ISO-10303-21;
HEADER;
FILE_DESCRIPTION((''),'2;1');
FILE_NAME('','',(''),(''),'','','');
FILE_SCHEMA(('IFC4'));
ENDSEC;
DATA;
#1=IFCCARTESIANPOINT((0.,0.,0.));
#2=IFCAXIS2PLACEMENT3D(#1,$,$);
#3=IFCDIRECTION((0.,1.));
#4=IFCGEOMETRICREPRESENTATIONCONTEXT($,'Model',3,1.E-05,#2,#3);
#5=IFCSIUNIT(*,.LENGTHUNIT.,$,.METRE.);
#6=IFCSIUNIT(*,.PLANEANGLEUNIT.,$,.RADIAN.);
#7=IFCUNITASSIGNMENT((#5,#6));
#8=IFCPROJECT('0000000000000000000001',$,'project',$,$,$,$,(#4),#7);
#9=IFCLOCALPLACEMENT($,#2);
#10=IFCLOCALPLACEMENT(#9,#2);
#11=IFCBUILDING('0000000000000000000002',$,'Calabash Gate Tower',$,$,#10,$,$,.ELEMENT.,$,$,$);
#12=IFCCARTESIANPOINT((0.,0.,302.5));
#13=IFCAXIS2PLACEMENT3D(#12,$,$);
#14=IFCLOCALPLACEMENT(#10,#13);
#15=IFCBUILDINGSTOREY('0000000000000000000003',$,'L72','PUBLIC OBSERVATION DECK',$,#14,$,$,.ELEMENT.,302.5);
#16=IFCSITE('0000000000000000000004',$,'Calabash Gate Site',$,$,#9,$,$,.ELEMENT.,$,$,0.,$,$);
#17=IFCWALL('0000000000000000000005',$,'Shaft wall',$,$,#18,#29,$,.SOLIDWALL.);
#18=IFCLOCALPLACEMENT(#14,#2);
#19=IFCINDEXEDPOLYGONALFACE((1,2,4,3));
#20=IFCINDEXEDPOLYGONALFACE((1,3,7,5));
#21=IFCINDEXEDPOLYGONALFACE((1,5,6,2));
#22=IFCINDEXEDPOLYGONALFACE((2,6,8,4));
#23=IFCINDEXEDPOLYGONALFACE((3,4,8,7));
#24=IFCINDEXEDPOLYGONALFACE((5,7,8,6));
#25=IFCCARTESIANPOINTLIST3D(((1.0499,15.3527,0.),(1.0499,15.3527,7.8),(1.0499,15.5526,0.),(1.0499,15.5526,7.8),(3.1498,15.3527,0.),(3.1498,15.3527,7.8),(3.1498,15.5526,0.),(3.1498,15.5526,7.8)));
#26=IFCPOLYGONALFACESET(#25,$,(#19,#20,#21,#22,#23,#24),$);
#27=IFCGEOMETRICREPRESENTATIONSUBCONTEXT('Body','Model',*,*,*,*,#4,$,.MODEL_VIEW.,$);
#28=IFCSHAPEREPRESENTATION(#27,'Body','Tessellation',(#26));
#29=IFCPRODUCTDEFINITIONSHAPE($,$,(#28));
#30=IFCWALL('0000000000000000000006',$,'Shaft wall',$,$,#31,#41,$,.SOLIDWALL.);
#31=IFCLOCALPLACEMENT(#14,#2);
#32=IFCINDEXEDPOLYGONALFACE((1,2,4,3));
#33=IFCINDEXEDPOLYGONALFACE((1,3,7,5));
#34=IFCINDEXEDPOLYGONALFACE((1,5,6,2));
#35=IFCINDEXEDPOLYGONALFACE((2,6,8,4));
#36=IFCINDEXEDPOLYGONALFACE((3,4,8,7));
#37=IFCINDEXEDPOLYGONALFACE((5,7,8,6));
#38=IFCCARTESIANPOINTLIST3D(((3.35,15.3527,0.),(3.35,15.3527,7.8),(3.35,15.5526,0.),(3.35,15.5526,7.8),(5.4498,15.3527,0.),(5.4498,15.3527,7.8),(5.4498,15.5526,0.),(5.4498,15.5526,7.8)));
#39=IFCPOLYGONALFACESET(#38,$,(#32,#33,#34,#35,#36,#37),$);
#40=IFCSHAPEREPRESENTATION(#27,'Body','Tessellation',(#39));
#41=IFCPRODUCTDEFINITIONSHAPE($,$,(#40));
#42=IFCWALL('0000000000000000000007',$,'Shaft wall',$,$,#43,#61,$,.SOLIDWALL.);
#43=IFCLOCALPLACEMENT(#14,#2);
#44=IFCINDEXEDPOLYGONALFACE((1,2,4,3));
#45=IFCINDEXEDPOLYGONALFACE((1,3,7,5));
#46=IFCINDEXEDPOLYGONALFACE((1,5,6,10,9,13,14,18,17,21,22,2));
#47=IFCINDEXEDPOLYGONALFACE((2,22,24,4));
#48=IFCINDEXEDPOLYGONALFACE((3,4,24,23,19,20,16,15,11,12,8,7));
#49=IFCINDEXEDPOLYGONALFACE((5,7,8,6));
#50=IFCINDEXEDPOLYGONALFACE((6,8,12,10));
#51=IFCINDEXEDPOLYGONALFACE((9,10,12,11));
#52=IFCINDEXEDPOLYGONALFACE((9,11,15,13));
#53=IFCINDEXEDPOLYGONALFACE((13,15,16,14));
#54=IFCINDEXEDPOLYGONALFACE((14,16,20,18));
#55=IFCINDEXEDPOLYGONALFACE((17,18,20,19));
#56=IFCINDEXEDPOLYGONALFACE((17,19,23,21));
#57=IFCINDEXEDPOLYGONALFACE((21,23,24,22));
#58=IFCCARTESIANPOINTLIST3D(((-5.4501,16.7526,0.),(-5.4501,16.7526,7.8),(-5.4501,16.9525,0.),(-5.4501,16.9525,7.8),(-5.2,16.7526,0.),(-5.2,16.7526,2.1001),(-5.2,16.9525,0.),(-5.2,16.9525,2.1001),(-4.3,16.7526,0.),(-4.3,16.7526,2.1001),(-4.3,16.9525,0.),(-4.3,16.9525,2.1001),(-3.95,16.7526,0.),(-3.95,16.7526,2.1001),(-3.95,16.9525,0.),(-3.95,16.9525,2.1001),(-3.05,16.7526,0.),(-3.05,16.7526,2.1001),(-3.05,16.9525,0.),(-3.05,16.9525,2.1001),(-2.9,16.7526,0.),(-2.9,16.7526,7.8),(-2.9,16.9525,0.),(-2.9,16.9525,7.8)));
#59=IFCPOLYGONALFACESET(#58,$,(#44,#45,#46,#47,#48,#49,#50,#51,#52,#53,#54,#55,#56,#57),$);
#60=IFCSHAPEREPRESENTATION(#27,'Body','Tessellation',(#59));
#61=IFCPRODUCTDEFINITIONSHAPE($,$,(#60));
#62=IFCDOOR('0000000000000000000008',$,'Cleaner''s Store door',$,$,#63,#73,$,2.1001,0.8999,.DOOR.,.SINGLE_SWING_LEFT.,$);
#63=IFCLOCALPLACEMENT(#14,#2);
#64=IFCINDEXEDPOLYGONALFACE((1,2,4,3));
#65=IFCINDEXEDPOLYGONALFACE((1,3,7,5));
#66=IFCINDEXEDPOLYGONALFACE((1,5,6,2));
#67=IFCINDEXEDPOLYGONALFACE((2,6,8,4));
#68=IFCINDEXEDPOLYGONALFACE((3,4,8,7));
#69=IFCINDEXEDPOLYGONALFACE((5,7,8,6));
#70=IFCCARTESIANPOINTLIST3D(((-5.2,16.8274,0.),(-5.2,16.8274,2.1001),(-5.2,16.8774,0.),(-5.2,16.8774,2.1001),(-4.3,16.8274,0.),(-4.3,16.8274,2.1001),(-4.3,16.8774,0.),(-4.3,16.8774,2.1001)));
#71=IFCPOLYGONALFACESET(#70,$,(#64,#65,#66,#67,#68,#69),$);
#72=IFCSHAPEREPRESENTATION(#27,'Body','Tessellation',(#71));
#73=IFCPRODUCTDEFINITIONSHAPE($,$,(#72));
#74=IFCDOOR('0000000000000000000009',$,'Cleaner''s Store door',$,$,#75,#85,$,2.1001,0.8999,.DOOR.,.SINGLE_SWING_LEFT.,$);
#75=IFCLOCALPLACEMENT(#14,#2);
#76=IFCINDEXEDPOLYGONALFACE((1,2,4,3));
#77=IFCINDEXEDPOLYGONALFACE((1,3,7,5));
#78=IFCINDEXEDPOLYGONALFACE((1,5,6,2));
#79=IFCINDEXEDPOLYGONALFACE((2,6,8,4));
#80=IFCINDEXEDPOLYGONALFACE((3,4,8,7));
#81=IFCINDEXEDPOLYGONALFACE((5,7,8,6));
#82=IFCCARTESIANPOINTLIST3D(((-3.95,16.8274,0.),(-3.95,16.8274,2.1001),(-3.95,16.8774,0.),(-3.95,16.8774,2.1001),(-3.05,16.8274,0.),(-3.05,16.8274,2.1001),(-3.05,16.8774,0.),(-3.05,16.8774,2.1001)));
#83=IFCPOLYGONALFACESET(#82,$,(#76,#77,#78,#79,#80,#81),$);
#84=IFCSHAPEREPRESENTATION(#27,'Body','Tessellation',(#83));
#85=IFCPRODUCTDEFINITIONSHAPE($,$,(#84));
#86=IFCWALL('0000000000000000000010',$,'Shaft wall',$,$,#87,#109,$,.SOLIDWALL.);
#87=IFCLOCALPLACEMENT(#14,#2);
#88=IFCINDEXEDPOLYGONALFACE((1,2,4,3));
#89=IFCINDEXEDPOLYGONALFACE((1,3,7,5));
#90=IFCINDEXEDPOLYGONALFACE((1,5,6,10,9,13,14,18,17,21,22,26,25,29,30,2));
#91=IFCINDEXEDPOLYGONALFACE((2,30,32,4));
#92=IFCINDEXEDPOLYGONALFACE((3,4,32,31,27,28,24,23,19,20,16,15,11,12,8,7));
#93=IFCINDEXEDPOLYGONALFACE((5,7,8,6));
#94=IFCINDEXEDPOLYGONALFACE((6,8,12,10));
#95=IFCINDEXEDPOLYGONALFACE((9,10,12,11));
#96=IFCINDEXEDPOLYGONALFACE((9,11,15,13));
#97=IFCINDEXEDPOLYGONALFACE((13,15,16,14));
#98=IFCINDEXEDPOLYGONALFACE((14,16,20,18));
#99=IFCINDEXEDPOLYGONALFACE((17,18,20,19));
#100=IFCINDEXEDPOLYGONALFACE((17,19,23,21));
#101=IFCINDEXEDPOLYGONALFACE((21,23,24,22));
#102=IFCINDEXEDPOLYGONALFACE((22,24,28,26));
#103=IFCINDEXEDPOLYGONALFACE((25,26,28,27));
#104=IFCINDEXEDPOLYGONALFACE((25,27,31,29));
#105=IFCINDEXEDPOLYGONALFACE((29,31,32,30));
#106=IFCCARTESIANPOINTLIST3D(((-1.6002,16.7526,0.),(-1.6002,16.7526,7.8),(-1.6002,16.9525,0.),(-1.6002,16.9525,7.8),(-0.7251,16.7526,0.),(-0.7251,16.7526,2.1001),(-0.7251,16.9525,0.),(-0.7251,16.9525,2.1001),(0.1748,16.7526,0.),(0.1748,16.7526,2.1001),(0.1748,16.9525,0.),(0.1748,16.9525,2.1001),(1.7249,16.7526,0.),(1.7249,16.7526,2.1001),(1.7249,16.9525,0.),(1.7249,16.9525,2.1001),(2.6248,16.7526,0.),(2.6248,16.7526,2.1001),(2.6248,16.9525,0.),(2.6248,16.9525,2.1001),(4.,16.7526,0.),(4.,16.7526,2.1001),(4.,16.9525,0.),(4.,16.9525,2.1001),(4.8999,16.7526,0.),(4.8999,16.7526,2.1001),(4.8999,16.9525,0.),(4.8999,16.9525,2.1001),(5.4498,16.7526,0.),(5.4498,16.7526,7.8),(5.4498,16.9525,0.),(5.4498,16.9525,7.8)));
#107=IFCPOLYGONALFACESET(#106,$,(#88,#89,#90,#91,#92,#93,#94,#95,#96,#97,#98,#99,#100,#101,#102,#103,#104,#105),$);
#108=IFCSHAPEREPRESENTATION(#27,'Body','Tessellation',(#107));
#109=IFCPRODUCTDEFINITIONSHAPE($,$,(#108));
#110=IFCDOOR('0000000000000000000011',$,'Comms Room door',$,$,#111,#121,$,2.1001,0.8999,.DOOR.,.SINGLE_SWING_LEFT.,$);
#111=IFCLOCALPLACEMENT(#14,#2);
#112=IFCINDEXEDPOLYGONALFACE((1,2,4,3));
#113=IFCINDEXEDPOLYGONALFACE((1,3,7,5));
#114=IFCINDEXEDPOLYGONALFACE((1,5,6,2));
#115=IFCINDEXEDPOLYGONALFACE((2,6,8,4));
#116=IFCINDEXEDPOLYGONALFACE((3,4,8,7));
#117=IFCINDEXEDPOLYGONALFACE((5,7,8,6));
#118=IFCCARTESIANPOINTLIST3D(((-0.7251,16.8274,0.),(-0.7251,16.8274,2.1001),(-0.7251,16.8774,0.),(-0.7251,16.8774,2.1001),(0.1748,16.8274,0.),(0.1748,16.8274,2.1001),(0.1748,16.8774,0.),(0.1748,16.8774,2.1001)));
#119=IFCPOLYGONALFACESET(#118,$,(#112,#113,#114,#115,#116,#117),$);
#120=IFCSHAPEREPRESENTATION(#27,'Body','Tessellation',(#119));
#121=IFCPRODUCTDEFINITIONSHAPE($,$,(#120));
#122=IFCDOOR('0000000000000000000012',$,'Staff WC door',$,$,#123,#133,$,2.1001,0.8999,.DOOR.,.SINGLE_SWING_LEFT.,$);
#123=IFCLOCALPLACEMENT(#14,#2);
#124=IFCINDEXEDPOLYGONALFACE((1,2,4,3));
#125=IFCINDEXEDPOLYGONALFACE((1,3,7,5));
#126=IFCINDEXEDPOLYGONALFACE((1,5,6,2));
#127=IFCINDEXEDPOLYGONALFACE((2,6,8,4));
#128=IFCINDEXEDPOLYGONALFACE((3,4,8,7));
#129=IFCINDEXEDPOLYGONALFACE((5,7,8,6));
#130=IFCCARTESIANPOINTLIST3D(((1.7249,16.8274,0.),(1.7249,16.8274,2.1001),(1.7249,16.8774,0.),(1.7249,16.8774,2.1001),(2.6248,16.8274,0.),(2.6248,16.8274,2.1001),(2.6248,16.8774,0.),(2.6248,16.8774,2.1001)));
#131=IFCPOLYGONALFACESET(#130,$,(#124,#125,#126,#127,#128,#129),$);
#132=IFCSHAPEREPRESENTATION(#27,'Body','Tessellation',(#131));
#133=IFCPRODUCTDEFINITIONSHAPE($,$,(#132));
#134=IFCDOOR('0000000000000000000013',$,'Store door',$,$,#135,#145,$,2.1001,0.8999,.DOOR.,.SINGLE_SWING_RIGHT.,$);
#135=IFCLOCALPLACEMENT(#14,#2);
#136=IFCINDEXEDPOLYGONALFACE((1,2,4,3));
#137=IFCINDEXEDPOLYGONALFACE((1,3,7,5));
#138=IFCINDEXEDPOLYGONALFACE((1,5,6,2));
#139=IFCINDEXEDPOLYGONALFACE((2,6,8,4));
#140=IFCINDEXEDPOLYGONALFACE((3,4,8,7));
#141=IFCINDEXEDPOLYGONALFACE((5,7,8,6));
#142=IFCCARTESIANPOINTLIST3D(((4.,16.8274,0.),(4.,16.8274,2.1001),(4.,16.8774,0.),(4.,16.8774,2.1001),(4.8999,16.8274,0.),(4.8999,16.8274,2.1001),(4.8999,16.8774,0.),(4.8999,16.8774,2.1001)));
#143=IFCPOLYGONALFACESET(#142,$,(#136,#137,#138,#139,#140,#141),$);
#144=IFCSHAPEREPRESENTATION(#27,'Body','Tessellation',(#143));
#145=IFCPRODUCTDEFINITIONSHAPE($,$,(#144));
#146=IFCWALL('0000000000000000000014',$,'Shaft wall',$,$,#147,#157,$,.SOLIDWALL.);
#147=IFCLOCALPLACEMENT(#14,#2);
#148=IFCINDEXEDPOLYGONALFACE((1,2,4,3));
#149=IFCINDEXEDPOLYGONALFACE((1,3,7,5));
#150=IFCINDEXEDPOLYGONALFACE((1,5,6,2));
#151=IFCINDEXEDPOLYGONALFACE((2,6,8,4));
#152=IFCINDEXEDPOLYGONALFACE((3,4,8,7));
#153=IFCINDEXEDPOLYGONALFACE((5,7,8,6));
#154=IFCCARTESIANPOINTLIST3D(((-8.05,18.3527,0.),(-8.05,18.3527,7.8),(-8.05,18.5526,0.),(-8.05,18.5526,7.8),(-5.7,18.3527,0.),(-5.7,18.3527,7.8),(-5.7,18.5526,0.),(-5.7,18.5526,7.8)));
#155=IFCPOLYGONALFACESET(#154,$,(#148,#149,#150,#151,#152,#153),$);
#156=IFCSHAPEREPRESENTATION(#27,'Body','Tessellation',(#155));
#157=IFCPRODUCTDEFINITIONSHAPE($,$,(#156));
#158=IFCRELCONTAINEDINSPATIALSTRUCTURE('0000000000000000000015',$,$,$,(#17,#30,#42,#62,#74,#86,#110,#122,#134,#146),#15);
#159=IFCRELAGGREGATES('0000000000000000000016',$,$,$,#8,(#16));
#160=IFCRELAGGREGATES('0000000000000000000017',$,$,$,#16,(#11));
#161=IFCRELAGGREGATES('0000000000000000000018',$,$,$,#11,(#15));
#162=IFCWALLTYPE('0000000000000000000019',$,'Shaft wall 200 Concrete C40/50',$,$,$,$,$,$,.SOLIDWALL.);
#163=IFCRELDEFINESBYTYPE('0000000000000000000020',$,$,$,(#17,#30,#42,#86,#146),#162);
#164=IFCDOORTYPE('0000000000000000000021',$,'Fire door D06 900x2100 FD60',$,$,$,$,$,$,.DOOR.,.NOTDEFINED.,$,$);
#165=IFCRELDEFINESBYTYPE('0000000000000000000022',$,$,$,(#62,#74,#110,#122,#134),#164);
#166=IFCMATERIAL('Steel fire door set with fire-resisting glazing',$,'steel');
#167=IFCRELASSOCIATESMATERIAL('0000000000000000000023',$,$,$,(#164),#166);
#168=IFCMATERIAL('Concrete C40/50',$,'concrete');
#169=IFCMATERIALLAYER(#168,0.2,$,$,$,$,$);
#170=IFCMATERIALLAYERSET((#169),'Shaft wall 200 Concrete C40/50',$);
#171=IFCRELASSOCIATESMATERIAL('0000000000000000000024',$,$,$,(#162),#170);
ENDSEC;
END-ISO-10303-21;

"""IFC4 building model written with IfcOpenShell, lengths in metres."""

from ifc_helpers import new_model, si_unit, direction, frame, frame_2d, origin, place, context, subcontext, project, spatial, rectangle, extrude, material, layer, layer_set, type_object, element, fill, save


model = new_model("IFC4")

# Units and contexts
model_context = context("Model", 3, precision=1e-05, world=origin(), true_north=direction((0.0, 1.0)))
body_context = subcontext(model_context, "Body", "Model", "MODEL_VIEW")
ifc_project = project(units=[si_unit("LENGTHUNIT", "METRE"), si_unit("PLANEANGLEUNIT", "RADIAN")], contexts=[model_context])

# Site, building, storey
site_placement = place(None, origin())
site = spatial("IfcSite", under=ifc_project, at=site_placement, Name="Calabash Gate Site", CompositionType="ELEMENT", RefElevation=0.0)
building_placement = place(site_placement, origin())
building = spatial("IfcBuilding", under=site, at=building_placement, Name="Calabash Gate Tower", CompositionType="ELEMENT")
storey_placement = place(building_placement, frame((0.0, 0.0, 302.5)))
storey = spatial("IfcBuildingStorey", under=building, at=storey_placement, Name="L72", Description="PUBLIC OBSERVATION DECK", CompositionType="ELEMENT", Elevation=302.5)

# Shared definitions
ifc_material_1 = material(Name="Steel fire door set with fire-resisting glazing", Category="steel")
door_type_1 = type_object("IfcDoorType", Name="Fire door D06 900x2100 FD60", OperationType="NOTDEFINED", PredefinedType="DOOR", material=ifc_material_1)

# Shared definitions
ifc_material_2 = material(Name="Concrete C40/50", Category="concrete")
ifc_layer_1 = layer(ifc_material_2, 0.2)
ifc_layer_set_1 = layer_set([ifc_layer_1], Name="Shaft wall 200 Concrete C40/50")
wall_type_1 = type_object("IfcWallType", Name="Shaft wall 200 Concrete C40/50", PredefinedType="SOLIDWALL", material=ifc_layer_set_1)

# Walls
for number, where, z_axis, x_axis, name in (
    (1, (1.05, 15.4526, 0.0), (0.0, 0.0, 1.0), (1.0, 0.0, 0.0), "Shaft wall"),
    (2, (3.3501, 15.4526, 0.0), (0.0, 0.0, 1.0), (1.0, 0.0, 0.0), "Shaft wall"),
):
    element("IfcWall", number, at=place(storey_placement, frame(where, z_axis=z_axis, x_axis=x_axis)), inside=storey, type_object=wall_type_1, Name=name, PredefinedType="SOLIDWALL", context=body_context, shape_type="SweptSolid", body=[
        extrude(rectangle(XDim=2.0999, YDim=0.2, at=frame_2d((1.0498, 0.0))), origin(), (0.0, 0.0, 1.0), 7.8),
    ])

# Walls, openings, doors
wall_1_placement = place(storey_placement, frame((-5.45, 16.8525, 0.0), z_axis=(0.0, 0.0, 1.0), x_axis=(1.0, 0.0, 0.0)))
wall_1 = element("IfcWall", 3, at=wall_1_placement, inside=storey, type_object=wall_type_1, Name="Shaft wall", PredefinedType="SOLIDWALL", context=body_context, shape_type="SweptSolid", body=[
    extrude(rectangle(XDim=2.55, YDim=0.2, at=frame_2d((1.2749, 0.0))), origin(), (0.0, 0.0, 1.0), 7.8),
])
opening_1_placement = place(wall_1_placement, frame((0.25, 0.0, 0.0)))
opening_1 = element("IfcOpeningElement", 4, at=opening_1_placement, cuts=wall_1, PredefinedType="OPENING", context=body_context, shape_type="SweptSolid", body=[
    extrude(rectangle(XDim=0.8999, YDim=2.1001, at=frame_2d((0.45, 1.05))), frame((0.0, 0.1099, 0.0), z_axis=(0.0, -1.0, 0.0), x_axis=(1.0, 0.0, 0.0)), (0.0, 0.0, 1.0), 0.22),
])
opening_2_placement = place(wall_1_placement, frame((1.5, 0.0, 0.0)))
opening_2 = element("IfcOpeningElement", 5, at=opening_2_placement, cuts=wall_1, PredefinedType="OPENING", context=body_context, shape_type="SweptSolid", body=[
    extrude(rectangle(XDim=0.8999, YDim=2.1001, at=frame_2d((0.45, 1.05))), frame((0.0, 0.1099, 0.0), z_axis=(0.0, -1.0, 0.0), x_axis=(1.0, 0.0, 0.0)), (0.0, 0.0, 1.0), 0.22),
])
door_1_placement = place(opening_1_placement, origin())
door_1 = element("IfcDoor", 6, at=door_1_placement, inside=storey, type_object=door_type_1, Name="Cleaner's Store door", OperationType="SINGLE_SWING_LEFT", OverallHeight=2.1001, OverallWidth=0.8999, PredefinedType="DOOR", context=body_context, shape_type="SweptSolid", body=[
    extrude(rectangle(XDim=0.8999, YDim=2.1001, at=frame_2d((0.45, 1.05))), frame((0.0, 0.0249, 0.0), z_axis=(0.0, -1.0, 0.0), x_axis=(1.0, 0.0, 0.0)), (0.0, 0.0, 1.0), 0.05),
])
fill(opening_1, door_1)
door_2_placement = place(opening_2_placement, origin())
door_2 = element("IfcDoor", 7, at=door_2_placement, inside=storey, type_object=door_type_1, Name="Cleaner's Store door", OperationType="SINGLE_SWING_LEFT", OverallHeight=2.1001, OverallWidth=0.8999, PredefinedType="DOOR", context=body_context, shape_type="SweptSolid", body=[
    extrude(rectangle(XDim=0.8999, YDim=2.1001, at=frame_2d((0.45, 1.05))), frame((0.0, 0.0249, 0.0), z_axis=(0.0, -1.0, 0.0), x_axis=(1.0, 0.0, 0.0)), (0.0, 0.0, 1.0), 0.05),
])
fill(opening_2, door_2)
wall_2_placement = place(storey_placement, frame((-1.6001, 16.8525, 0.0), z_axis=(0.0, 0.0, 1.0), x_axis=(1.0, 0.0, 0.0)))
wall_2 = element("IfcWall", 8, at=wall_2_placement, inside=storey, type_object=wall_type_1, Name="Shaft wall", PredefinedType="SOLIDWALL", context=body_context, shape_type="SweptSolid", body=[
    extrude(rectangle(XDim=7.05, YDim=0.2, at=frame_2d((3.5249, 0.0))), origin(), (0.0, 0.0, 1.0), 7.8),
])
opening_3_placement = place(wall_2_placement, frame((0.875, 0.0, 0.0)))
opening_3 = element("IfcOpeningElement", 9, at=opening_3_placement, cuts=wall_2, PredefinedType="OPENING", context=body_context, shape_type="SweptSolid", body=[
    extrude(rectangle(XDim=0.8999, YDim=2.1001, at=frame_2d((0.45, 1.05))), frame((0.0, 0.1099, 0.0), z_axis=(0.0, -1.0, 0.0), x_axis=(1.0, 0.0, 0.0)), (0.0, 0.0, 1.0), 0.22),
])
opening_4_placement = place(wall_2_placement, frame((3.325, 0.0, 0.0)))
opening_4 = element("IfcOpeningElement", 10, at=opening_4_placement, cuts=wall_2, PredefinedType="OPENING", context=body_context, shape_type="SweptSolid", body=[
    extrude(rectangle(XDim=0.8999, YDim=2.1001, at=frame_2d((0.45, 1.05))), frame((0.0, 0.1099, 0.0), z_axis=(0.0, -1.0, 0.0), x_axis=(1.0, 0.0, 0.0)), (0.0, 0.0, 1.0), 0.22),
])
opening_5_placement = place(wall_2_placement, frame((5.6001, 0.0, 0.0)))
opening_5 = element("IfcOpeningElement", 11, at=opening_5_placement, cuts=wall_2, PredefinedType="OPENING", context=body_context, shape_type="SweptSolid", body=[
    extrude(rectangle(XDim=0.8999, YDim=2.1001, at=frame_2d((0.45, 1.05))), frame((0.0, 0.1099, 0.0), z_axis=(0.0, -1.0, 0.0), x_axis=(1.0, 0.0, 0.0)), (0.0, 0.0, 1.0), 0.22),
])
door_3_placement = place(opening_3_placement, origin())
door_3 = element("IfcDoor", 12, at=door_3_placement, inside=storey, type_object=door_type_1, Name="Comms Room door", OperationType="SINGLE_SWING_LEFT", OverallHeight=2.1001, OverallWidth=0.8999, PredefinedType="DOOR", context=body_context, shape_type="SweptSolid", body=[
    extrude(rectangle(XDim=0.8999, YDim=2.1001, at=frame_2d((0.45, 1.05))), frame((0.0, 0.0249, 0.0), z_axis=(0.0, -1.0, 0.0), x_axis=(1.0, 0.0, 0.0)), (0.0, 0.0, 1.0), 0.05),
])
fill(opening_3, door_3)
door_4_placement = place(opening_4_placement, origin())
door_4 = element("IfcDoor", 13, at=door_4_placement, inside=storey, type_object=door_type_1, Name="Staff WC door", OperationType="SINGLE_SWING_LEFT", OverallHeight=2.1001, OverallWidth=0.8999, PredefinedType="DOOR", context=body_context, shape_type="SweptSolid", body=[
    extrude(rectangle(XDim=0.8999, YDim=2.1001, at=frame_2d((0.45, 1.05))), frame((0.0, 0.0249, 0.0), z_axis=(0.0, -1.0, 0.0), x_axis=(1.0, 0.0, 0.0)), (0.0, 0.0, 1.0), 0.05),
])
fill(opening_4, door_4)
door_5_placement = place(opening_5_placement, origin())
door_5 = element("IfcDoor", 14, at=door_5_placement, inside=storey, type_object=door_type_1, Name="Store door", OperationType="SINGLE_SWING_RIGHT", OverallHeight=2.1001, OverallWidth=0.8999, PredefinedType="DOOR", context=body_context, shape_type="SweptSolid", body=[
    extrude(rectangle(XDim=0.8999, YDim=2.1001, at=frame_2d((0.45, 1.05))), frame((0.0, 0.0249, 0.0), z_axis=(0.0, -1.0, 0.0), x_axis=(1.0, 0.0, 0.0)), (0.0, 0.0, 1.0), 0.05),
])
fill(opening_5, door_5)

# Wall
wall_3_placement = place(storey_placement, frame((-8.05, 18.4526, 0.0), z_axis=(0.0, 0.0, 1.0), x_axis=(1.0, 0.0, 0.0)))
element("IfcWall", 15, at=wall_3_placement, inside=storey, type_object=wall_type_1, Name="Shaft wall", PredefinedType="SOLIDWALL", context=body_context, shape_type="SweptSolid", body=[
    extrude(rectangle(XDim=2.3501, YDim=0.2, at=frame_2d((1.175, 0.0))), origin(), (0.0, 0.0, 1.0), 7.8),
])

save(model, "model.ifc")
